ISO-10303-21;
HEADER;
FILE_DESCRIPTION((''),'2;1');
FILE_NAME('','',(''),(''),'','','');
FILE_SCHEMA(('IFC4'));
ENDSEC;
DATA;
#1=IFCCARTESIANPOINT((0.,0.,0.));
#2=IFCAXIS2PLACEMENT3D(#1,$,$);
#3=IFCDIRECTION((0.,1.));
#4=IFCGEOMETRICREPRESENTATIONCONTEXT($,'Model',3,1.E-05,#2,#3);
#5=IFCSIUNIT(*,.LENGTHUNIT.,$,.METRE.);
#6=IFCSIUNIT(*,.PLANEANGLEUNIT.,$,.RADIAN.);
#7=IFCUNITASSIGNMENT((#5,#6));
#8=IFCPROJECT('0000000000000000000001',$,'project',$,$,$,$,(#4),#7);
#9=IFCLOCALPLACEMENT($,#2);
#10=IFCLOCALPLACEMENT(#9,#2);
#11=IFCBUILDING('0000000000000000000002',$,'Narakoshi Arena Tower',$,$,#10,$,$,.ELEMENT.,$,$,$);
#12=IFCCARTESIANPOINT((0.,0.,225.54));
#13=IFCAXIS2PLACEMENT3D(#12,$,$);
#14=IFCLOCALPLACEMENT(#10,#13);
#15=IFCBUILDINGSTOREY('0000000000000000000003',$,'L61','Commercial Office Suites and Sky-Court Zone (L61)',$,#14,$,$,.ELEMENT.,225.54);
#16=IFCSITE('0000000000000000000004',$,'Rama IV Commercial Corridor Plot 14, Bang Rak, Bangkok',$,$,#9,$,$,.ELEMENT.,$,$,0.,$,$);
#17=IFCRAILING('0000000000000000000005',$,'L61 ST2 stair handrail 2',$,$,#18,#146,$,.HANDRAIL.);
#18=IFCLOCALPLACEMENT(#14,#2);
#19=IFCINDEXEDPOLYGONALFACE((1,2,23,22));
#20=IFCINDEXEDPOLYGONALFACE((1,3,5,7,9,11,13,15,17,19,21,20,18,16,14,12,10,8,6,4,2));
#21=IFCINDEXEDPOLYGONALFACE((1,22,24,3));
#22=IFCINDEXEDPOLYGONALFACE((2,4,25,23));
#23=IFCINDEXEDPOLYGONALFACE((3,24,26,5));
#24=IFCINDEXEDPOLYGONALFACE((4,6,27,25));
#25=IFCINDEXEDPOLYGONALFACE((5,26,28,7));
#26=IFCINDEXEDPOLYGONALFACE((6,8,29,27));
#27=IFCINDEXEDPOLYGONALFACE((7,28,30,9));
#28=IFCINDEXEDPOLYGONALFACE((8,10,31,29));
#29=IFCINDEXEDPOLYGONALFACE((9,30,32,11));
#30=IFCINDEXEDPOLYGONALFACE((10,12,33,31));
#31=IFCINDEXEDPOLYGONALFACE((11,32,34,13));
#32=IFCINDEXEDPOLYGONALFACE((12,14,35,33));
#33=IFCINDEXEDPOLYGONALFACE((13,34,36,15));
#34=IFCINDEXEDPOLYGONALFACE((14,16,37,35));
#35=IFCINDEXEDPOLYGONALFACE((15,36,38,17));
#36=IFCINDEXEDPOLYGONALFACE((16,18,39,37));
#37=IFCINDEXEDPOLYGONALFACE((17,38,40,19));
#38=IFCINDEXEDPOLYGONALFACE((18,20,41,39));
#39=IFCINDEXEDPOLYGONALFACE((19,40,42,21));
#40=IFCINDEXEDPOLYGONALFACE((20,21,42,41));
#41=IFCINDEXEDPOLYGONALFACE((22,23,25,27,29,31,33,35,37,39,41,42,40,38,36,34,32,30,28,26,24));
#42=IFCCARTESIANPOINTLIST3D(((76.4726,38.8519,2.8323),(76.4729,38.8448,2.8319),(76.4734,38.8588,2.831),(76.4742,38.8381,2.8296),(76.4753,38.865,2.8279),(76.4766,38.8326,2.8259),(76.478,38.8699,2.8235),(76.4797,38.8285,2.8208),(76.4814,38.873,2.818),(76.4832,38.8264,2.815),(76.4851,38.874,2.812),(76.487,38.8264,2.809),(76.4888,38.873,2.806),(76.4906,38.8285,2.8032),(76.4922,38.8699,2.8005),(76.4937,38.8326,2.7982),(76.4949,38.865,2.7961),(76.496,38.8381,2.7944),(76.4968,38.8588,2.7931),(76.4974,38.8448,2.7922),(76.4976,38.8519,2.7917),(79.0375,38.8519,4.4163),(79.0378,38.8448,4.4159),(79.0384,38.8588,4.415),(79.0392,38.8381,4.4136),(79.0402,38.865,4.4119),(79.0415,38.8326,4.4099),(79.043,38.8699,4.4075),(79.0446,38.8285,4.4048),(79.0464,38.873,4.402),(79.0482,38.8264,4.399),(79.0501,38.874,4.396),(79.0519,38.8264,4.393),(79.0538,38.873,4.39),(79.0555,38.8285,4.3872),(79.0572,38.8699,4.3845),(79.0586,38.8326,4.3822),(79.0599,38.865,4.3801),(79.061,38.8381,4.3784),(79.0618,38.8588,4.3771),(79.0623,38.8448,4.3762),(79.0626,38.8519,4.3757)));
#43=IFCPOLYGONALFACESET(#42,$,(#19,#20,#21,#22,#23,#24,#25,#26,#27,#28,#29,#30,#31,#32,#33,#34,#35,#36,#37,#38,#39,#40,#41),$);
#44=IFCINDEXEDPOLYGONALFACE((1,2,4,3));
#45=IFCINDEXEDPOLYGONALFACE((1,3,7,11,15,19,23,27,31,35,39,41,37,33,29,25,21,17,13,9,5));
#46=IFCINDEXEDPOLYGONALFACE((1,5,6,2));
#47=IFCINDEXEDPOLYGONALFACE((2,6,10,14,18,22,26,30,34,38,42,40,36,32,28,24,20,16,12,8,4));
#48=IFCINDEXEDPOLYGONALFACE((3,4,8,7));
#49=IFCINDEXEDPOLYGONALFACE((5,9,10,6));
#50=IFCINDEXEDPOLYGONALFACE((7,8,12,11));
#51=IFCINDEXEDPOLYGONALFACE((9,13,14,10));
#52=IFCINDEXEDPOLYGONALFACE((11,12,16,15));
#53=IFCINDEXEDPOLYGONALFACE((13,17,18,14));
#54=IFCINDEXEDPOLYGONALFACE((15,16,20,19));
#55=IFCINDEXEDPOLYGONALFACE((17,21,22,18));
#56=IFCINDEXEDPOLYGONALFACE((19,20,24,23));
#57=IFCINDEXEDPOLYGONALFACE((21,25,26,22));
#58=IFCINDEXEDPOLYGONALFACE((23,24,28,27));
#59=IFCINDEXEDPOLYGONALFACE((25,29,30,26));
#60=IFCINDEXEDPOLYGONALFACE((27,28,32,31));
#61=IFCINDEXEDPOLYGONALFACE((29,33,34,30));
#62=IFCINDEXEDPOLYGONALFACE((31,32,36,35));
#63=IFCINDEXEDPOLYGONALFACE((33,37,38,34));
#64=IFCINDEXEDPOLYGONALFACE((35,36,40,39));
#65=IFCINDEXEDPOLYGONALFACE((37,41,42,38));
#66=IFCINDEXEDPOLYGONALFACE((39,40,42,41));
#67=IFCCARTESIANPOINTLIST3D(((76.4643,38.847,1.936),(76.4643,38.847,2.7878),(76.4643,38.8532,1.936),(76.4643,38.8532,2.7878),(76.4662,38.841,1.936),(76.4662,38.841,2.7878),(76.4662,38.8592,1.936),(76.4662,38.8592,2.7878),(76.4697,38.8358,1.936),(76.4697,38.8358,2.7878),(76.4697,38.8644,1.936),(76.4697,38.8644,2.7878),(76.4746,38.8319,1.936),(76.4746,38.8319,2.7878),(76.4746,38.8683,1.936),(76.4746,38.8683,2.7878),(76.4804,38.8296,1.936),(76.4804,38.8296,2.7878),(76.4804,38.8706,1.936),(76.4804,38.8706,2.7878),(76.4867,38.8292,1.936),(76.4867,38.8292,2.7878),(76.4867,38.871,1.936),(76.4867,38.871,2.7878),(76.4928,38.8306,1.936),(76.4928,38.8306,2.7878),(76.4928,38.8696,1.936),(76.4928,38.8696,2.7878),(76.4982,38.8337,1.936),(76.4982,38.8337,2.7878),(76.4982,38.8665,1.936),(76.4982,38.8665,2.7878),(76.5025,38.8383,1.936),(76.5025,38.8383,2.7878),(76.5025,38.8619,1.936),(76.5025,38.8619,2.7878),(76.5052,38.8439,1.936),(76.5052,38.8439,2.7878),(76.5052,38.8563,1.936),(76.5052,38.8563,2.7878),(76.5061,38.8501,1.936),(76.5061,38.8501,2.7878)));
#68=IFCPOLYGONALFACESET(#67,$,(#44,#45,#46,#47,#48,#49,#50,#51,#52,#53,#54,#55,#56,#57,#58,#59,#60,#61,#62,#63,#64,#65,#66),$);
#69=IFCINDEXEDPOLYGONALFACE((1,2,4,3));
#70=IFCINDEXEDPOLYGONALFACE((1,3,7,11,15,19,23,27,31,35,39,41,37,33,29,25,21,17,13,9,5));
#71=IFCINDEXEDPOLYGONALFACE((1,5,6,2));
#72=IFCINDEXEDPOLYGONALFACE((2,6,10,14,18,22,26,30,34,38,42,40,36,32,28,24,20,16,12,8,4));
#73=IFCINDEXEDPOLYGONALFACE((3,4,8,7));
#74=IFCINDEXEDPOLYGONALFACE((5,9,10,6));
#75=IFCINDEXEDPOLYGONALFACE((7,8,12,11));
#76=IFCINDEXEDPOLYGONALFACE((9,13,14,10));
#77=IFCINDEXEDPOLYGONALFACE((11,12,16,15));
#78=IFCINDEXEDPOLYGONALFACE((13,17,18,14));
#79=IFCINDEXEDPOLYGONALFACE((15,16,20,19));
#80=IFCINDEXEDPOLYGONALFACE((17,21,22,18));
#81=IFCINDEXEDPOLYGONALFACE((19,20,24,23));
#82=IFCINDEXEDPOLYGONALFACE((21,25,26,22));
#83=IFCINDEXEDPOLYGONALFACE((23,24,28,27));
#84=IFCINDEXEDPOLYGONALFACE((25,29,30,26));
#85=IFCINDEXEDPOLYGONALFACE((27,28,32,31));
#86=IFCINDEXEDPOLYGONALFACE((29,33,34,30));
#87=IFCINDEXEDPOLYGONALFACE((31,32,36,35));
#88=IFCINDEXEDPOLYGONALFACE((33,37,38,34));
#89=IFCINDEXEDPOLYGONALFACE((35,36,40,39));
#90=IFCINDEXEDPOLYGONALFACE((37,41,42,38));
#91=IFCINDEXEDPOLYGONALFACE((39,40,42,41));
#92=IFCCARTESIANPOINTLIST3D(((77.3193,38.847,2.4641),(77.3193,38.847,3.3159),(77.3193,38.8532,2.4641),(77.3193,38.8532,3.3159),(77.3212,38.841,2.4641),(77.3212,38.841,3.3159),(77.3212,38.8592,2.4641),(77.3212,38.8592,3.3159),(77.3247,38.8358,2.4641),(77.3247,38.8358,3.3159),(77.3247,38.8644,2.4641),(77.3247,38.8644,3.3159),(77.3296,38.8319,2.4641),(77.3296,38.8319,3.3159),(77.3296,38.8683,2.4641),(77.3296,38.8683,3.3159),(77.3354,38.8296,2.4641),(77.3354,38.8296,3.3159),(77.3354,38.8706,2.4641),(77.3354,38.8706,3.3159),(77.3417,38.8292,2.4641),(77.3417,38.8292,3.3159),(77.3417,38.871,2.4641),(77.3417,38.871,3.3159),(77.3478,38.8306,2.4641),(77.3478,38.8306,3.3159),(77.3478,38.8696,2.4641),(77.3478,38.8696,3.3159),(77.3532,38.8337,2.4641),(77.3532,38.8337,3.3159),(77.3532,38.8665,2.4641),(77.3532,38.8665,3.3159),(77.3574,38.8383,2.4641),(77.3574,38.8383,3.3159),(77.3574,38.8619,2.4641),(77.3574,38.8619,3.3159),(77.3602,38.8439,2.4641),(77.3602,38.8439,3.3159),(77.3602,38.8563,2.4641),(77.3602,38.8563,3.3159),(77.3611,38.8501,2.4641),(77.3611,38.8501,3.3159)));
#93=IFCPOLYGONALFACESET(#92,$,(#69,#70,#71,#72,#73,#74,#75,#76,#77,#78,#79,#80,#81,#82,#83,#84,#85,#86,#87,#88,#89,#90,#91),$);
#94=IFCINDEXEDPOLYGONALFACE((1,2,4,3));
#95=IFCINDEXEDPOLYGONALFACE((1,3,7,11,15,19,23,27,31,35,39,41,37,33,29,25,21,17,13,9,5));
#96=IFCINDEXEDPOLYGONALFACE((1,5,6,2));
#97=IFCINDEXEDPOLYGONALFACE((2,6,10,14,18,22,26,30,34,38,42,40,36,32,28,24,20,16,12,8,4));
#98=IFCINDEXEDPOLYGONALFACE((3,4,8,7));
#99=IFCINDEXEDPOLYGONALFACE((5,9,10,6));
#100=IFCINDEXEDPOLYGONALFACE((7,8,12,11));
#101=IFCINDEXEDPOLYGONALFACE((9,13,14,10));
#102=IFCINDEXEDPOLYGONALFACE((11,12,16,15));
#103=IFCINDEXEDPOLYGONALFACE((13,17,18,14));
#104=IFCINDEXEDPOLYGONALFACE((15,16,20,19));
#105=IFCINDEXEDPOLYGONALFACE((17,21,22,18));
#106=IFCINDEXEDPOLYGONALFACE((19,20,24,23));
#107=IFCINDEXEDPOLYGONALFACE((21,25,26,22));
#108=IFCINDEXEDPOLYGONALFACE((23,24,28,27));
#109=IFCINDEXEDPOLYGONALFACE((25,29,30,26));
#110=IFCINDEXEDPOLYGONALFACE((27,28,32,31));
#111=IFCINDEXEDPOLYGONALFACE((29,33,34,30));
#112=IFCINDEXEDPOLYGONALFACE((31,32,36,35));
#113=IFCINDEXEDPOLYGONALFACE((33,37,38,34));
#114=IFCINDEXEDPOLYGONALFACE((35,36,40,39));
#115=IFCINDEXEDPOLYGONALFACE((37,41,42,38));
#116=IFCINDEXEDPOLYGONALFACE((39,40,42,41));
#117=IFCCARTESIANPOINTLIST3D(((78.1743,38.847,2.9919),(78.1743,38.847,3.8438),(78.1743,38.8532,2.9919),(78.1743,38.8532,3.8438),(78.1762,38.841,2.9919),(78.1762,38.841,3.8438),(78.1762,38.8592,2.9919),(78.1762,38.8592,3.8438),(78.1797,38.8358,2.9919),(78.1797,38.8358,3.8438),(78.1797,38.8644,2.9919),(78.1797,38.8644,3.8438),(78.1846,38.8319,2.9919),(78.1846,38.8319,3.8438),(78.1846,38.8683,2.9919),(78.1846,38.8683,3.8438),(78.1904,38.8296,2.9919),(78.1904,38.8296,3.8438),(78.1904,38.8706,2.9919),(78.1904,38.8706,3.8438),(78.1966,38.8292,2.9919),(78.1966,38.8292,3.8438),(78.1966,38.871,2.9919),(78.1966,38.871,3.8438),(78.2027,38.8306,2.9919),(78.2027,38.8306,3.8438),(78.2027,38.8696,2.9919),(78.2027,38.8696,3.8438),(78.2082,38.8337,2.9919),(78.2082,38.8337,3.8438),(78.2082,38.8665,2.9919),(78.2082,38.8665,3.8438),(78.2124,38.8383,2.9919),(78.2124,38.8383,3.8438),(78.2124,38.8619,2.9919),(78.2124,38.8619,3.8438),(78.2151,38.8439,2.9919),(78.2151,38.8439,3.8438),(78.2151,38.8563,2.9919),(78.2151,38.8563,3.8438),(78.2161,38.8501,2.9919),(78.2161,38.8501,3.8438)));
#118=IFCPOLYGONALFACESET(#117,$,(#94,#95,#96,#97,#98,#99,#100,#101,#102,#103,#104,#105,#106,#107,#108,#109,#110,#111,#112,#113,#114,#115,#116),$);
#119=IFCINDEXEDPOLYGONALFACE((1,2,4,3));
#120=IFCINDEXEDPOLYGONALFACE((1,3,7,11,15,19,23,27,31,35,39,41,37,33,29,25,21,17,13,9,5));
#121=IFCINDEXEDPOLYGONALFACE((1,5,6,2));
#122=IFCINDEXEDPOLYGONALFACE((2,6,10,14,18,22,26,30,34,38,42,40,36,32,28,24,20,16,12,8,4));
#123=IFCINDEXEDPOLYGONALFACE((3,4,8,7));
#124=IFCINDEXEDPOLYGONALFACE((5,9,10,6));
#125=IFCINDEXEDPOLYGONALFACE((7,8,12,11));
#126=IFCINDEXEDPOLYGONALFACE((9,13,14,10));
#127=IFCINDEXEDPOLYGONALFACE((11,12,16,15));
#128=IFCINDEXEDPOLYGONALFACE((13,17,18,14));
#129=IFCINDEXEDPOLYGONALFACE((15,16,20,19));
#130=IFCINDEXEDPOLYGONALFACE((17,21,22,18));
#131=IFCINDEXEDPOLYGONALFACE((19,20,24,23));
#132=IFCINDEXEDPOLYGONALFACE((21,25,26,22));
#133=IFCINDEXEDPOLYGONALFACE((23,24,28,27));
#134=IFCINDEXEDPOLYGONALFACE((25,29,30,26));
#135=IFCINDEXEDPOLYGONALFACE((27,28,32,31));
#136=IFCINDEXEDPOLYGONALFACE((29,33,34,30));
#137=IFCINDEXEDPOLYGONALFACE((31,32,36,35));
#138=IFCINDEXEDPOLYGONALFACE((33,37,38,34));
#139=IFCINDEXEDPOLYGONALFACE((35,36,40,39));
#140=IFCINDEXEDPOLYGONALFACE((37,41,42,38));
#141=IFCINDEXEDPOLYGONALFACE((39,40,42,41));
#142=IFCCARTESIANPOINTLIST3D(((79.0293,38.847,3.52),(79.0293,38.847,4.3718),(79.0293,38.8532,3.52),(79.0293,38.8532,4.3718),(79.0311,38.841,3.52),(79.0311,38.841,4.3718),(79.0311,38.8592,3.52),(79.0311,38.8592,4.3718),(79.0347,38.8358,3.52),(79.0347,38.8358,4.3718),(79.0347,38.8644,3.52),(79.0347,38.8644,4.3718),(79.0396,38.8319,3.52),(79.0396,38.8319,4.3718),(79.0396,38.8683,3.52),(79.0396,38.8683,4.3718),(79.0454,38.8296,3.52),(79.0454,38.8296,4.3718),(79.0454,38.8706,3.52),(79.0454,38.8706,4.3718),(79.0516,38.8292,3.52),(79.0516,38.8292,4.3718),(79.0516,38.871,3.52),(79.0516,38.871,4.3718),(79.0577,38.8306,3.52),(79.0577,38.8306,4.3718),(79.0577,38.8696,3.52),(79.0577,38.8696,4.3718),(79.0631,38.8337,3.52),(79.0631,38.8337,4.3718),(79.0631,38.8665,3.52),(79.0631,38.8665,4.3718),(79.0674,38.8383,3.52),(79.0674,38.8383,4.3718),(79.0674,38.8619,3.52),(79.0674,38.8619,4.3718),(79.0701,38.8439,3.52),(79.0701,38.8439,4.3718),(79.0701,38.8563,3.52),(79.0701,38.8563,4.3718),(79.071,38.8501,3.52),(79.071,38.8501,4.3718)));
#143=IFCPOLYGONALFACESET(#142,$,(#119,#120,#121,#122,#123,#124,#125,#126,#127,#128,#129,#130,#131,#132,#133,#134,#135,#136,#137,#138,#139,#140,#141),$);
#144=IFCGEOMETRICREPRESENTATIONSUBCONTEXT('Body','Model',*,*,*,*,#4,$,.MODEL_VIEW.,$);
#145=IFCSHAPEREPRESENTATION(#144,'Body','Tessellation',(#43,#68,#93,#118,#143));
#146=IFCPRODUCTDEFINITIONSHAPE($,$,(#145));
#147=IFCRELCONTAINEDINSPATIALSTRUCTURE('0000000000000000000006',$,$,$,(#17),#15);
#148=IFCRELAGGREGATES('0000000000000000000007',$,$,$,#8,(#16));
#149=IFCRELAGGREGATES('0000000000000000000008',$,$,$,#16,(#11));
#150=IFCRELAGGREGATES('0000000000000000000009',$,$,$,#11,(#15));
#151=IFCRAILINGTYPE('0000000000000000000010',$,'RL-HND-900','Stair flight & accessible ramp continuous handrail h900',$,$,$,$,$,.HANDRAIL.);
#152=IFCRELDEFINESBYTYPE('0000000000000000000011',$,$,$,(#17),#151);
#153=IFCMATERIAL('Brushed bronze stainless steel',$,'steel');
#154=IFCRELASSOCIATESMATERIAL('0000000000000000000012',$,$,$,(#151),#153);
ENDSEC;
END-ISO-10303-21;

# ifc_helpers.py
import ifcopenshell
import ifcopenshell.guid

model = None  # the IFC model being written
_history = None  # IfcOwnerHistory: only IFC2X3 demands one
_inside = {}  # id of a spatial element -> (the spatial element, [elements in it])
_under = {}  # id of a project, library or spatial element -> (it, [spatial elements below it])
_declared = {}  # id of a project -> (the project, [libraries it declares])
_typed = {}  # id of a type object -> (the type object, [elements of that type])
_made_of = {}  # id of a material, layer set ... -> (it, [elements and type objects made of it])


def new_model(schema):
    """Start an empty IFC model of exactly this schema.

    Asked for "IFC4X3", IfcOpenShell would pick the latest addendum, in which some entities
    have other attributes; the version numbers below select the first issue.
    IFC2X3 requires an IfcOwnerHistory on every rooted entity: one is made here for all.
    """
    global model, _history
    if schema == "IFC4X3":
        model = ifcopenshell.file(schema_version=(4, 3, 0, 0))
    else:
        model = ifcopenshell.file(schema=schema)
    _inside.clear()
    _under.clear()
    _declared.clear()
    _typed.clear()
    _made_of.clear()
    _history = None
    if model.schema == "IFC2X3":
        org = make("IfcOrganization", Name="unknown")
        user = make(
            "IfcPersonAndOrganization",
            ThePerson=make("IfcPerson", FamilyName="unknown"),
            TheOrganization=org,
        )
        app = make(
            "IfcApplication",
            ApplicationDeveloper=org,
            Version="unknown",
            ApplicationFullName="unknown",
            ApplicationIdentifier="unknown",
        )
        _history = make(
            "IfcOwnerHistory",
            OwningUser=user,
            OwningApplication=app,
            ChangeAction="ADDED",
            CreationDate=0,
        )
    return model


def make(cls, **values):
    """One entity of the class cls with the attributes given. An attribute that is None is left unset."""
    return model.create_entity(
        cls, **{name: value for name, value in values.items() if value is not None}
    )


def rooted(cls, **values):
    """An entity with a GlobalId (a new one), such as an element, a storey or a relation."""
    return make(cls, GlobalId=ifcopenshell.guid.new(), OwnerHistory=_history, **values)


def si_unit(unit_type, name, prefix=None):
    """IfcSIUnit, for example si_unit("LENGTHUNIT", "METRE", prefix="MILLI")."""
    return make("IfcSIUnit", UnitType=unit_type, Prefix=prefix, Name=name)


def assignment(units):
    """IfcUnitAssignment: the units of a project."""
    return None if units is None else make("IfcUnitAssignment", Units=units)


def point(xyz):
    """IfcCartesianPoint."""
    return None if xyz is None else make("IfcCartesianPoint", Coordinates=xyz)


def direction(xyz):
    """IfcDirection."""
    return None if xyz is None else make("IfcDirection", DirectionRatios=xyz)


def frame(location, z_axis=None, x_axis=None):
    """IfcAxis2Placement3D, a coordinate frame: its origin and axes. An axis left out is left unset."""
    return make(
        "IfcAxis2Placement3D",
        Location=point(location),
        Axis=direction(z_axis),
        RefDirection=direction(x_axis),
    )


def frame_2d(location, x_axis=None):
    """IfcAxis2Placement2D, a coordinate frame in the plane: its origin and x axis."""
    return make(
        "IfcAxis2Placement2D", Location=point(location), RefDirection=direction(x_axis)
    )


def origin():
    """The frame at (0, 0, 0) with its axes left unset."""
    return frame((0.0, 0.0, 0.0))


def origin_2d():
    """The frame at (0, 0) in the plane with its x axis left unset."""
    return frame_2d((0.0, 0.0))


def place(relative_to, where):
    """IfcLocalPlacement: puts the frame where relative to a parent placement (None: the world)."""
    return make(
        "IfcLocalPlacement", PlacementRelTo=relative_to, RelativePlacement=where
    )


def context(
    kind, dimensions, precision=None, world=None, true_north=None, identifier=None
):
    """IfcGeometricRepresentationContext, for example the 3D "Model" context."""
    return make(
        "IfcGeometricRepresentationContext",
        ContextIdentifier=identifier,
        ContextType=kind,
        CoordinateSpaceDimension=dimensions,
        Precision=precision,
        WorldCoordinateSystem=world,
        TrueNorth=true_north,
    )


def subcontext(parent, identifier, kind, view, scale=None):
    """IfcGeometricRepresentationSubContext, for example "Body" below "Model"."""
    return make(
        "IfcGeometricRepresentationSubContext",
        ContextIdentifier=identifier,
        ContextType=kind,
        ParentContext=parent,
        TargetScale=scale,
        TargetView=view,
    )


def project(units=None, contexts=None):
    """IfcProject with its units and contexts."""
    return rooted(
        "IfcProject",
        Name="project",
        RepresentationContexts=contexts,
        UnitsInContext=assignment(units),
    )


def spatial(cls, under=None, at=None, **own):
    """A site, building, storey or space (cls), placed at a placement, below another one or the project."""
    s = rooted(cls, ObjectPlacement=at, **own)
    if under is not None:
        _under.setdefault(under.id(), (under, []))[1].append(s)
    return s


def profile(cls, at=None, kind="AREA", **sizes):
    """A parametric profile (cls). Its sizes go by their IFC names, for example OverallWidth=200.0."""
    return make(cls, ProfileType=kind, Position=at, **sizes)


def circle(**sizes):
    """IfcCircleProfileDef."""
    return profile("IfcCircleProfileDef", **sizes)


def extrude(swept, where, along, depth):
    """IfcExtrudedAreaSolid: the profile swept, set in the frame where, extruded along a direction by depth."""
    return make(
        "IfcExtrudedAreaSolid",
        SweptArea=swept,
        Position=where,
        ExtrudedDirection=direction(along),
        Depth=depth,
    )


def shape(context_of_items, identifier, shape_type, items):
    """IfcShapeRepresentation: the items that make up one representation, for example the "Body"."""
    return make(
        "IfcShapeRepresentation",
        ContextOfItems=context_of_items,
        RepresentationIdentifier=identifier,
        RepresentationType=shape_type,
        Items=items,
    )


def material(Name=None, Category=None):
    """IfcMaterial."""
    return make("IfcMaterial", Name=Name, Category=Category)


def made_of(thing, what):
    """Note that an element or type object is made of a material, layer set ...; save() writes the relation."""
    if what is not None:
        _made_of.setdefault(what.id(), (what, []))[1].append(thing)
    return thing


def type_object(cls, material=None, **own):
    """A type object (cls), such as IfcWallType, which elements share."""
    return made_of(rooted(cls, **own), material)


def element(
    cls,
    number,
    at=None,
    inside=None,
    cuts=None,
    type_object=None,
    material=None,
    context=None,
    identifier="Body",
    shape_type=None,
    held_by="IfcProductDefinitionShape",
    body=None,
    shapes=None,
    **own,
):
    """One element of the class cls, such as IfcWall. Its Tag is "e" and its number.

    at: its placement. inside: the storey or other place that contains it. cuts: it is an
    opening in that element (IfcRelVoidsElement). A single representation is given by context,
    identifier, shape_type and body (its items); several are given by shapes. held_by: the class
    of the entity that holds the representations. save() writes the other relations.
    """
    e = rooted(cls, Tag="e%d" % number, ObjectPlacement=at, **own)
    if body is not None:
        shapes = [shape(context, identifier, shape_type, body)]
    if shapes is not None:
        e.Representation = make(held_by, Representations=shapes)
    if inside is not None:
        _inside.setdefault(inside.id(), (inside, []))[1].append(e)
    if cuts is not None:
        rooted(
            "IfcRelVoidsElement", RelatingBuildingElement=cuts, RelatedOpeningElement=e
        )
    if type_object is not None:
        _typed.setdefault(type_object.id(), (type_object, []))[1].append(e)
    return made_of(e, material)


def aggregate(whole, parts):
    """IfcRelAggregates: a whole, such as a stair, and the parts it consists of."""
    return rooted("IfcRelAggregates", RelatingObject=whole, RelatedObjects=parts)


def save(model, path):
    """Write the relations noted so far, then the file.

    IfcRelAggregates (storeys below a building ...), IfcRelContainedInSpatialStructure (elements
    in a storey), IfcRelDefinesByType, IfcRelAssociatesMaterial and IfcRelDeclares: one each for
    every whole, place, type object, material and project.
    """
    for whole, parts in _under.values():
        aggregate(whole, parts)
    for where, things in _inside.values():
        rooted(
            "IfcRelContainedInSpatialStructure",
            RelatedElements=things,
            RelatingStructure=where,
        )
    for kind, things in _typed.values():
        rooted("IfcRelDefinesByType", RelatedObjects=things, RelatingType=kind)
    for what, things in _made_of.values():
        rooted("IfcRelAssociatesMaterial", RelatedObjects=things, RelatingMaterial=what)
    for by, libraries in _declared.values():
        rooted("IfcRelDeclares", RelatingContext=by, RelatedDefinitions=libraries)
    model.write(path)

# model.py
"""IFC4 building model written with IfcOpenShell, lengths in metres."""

from ifc_helpers import new_model, si_unit, direction, frame, origin, origin_2d, place, context, subcontext, project, spatial, circle, extrude, material, type_object, element, save


model = new_model("IFC4")

# Units and contexts
model_context = context("Model", 3, precision=1e-05, world=origin(), true_north=direction((0.0, 1.0)))
body_context = subcontext(model_context, "Body", "Model", "MODEL_VIEW")
ifc_project = project(units=[si_unit("LENGTHUNIT", "METRE"), si_unit("PLANEANGLEUNIT", "RADIAN")], contexts=[model_context])

# Site, building, storey
site_placement = place(None, origin())
site = spatial("IfcSite", under=ifc_project, at=site_placement, Name="Rama IV Commercial Corridor Plot 14, Bang Rak, Bangkok", CompositionType="ELEMENT", RefElevation=0.0)
building_placement = place(site_placement, origin())
building = spatial("IfcBuilding", under=site, at=building_placement, Name="Narakoshi Arena Tower", CompositionType="ELEMENT")
storey_placement = place(building_placement, frame((0.0, 0.0, 225.54)))
storey = spatial("IfcBuildingStorey", under=building, at=storey_placement, Name="L61", Description="Commercial Office Suites and Sky-Court Zone (L61)", CompositionType="ELEMENT", Elevation=225.54)

# Railing
ifc_material_1 = material(Name="Brushed bronze stainless steel", Category="steel")
railing_type_1 = type_object("IfcRailingType", Name="RL-HND-900", Description="Stair flight & accessible ramp continuous handrail h900", PredefinedType="HANDRAIL", material=ifc_material_1)
railing_1_placement = place(storey_placement, frame((76.4851, 38.8501, 1.936)))
element("IfcRailing", 1, at=railing_1_placement, inside=storey, type_object=railing_type_1, Name="L61 ST2 stair handrail 2", PredefinedType="HANDRAIL", context=body_context, shape_type="SweptSolid", body=[
    extrude(circle(Radius=0.0239, at=origin_2d()), frame((0.0, 0.0, 0.876), z_axis=(0.850834, 0.0, 0.525434), x_axis=(0.0, 1.0, 0.0)), (0.0, 0.0, 1.0), 3.0146),
    extrude(circle(Radius=0.021, at=origin_2d()), origin(), (0.0, 0.0, 1.0), 0.8518),
    extrude(circle(Radius=0.021, at=origin_2d()), frame((0.855, 0.0, 0.5281)), (0.0, 0.0, 1.0), 0.8518),
    extrude(circle(Radius=0.021, at=origin_2d()), frame((1.71, 0.0, 1.0559)), (0.0, 0.0, 1.0), 0.8518),
    extrude(circle(Radius=0.021, at=origin_2d()), frame((2.5649, 0.0, 1.584)), (0.0, 0.0, 1.0), 0.8518),
])

save(model, "model.ifc")
